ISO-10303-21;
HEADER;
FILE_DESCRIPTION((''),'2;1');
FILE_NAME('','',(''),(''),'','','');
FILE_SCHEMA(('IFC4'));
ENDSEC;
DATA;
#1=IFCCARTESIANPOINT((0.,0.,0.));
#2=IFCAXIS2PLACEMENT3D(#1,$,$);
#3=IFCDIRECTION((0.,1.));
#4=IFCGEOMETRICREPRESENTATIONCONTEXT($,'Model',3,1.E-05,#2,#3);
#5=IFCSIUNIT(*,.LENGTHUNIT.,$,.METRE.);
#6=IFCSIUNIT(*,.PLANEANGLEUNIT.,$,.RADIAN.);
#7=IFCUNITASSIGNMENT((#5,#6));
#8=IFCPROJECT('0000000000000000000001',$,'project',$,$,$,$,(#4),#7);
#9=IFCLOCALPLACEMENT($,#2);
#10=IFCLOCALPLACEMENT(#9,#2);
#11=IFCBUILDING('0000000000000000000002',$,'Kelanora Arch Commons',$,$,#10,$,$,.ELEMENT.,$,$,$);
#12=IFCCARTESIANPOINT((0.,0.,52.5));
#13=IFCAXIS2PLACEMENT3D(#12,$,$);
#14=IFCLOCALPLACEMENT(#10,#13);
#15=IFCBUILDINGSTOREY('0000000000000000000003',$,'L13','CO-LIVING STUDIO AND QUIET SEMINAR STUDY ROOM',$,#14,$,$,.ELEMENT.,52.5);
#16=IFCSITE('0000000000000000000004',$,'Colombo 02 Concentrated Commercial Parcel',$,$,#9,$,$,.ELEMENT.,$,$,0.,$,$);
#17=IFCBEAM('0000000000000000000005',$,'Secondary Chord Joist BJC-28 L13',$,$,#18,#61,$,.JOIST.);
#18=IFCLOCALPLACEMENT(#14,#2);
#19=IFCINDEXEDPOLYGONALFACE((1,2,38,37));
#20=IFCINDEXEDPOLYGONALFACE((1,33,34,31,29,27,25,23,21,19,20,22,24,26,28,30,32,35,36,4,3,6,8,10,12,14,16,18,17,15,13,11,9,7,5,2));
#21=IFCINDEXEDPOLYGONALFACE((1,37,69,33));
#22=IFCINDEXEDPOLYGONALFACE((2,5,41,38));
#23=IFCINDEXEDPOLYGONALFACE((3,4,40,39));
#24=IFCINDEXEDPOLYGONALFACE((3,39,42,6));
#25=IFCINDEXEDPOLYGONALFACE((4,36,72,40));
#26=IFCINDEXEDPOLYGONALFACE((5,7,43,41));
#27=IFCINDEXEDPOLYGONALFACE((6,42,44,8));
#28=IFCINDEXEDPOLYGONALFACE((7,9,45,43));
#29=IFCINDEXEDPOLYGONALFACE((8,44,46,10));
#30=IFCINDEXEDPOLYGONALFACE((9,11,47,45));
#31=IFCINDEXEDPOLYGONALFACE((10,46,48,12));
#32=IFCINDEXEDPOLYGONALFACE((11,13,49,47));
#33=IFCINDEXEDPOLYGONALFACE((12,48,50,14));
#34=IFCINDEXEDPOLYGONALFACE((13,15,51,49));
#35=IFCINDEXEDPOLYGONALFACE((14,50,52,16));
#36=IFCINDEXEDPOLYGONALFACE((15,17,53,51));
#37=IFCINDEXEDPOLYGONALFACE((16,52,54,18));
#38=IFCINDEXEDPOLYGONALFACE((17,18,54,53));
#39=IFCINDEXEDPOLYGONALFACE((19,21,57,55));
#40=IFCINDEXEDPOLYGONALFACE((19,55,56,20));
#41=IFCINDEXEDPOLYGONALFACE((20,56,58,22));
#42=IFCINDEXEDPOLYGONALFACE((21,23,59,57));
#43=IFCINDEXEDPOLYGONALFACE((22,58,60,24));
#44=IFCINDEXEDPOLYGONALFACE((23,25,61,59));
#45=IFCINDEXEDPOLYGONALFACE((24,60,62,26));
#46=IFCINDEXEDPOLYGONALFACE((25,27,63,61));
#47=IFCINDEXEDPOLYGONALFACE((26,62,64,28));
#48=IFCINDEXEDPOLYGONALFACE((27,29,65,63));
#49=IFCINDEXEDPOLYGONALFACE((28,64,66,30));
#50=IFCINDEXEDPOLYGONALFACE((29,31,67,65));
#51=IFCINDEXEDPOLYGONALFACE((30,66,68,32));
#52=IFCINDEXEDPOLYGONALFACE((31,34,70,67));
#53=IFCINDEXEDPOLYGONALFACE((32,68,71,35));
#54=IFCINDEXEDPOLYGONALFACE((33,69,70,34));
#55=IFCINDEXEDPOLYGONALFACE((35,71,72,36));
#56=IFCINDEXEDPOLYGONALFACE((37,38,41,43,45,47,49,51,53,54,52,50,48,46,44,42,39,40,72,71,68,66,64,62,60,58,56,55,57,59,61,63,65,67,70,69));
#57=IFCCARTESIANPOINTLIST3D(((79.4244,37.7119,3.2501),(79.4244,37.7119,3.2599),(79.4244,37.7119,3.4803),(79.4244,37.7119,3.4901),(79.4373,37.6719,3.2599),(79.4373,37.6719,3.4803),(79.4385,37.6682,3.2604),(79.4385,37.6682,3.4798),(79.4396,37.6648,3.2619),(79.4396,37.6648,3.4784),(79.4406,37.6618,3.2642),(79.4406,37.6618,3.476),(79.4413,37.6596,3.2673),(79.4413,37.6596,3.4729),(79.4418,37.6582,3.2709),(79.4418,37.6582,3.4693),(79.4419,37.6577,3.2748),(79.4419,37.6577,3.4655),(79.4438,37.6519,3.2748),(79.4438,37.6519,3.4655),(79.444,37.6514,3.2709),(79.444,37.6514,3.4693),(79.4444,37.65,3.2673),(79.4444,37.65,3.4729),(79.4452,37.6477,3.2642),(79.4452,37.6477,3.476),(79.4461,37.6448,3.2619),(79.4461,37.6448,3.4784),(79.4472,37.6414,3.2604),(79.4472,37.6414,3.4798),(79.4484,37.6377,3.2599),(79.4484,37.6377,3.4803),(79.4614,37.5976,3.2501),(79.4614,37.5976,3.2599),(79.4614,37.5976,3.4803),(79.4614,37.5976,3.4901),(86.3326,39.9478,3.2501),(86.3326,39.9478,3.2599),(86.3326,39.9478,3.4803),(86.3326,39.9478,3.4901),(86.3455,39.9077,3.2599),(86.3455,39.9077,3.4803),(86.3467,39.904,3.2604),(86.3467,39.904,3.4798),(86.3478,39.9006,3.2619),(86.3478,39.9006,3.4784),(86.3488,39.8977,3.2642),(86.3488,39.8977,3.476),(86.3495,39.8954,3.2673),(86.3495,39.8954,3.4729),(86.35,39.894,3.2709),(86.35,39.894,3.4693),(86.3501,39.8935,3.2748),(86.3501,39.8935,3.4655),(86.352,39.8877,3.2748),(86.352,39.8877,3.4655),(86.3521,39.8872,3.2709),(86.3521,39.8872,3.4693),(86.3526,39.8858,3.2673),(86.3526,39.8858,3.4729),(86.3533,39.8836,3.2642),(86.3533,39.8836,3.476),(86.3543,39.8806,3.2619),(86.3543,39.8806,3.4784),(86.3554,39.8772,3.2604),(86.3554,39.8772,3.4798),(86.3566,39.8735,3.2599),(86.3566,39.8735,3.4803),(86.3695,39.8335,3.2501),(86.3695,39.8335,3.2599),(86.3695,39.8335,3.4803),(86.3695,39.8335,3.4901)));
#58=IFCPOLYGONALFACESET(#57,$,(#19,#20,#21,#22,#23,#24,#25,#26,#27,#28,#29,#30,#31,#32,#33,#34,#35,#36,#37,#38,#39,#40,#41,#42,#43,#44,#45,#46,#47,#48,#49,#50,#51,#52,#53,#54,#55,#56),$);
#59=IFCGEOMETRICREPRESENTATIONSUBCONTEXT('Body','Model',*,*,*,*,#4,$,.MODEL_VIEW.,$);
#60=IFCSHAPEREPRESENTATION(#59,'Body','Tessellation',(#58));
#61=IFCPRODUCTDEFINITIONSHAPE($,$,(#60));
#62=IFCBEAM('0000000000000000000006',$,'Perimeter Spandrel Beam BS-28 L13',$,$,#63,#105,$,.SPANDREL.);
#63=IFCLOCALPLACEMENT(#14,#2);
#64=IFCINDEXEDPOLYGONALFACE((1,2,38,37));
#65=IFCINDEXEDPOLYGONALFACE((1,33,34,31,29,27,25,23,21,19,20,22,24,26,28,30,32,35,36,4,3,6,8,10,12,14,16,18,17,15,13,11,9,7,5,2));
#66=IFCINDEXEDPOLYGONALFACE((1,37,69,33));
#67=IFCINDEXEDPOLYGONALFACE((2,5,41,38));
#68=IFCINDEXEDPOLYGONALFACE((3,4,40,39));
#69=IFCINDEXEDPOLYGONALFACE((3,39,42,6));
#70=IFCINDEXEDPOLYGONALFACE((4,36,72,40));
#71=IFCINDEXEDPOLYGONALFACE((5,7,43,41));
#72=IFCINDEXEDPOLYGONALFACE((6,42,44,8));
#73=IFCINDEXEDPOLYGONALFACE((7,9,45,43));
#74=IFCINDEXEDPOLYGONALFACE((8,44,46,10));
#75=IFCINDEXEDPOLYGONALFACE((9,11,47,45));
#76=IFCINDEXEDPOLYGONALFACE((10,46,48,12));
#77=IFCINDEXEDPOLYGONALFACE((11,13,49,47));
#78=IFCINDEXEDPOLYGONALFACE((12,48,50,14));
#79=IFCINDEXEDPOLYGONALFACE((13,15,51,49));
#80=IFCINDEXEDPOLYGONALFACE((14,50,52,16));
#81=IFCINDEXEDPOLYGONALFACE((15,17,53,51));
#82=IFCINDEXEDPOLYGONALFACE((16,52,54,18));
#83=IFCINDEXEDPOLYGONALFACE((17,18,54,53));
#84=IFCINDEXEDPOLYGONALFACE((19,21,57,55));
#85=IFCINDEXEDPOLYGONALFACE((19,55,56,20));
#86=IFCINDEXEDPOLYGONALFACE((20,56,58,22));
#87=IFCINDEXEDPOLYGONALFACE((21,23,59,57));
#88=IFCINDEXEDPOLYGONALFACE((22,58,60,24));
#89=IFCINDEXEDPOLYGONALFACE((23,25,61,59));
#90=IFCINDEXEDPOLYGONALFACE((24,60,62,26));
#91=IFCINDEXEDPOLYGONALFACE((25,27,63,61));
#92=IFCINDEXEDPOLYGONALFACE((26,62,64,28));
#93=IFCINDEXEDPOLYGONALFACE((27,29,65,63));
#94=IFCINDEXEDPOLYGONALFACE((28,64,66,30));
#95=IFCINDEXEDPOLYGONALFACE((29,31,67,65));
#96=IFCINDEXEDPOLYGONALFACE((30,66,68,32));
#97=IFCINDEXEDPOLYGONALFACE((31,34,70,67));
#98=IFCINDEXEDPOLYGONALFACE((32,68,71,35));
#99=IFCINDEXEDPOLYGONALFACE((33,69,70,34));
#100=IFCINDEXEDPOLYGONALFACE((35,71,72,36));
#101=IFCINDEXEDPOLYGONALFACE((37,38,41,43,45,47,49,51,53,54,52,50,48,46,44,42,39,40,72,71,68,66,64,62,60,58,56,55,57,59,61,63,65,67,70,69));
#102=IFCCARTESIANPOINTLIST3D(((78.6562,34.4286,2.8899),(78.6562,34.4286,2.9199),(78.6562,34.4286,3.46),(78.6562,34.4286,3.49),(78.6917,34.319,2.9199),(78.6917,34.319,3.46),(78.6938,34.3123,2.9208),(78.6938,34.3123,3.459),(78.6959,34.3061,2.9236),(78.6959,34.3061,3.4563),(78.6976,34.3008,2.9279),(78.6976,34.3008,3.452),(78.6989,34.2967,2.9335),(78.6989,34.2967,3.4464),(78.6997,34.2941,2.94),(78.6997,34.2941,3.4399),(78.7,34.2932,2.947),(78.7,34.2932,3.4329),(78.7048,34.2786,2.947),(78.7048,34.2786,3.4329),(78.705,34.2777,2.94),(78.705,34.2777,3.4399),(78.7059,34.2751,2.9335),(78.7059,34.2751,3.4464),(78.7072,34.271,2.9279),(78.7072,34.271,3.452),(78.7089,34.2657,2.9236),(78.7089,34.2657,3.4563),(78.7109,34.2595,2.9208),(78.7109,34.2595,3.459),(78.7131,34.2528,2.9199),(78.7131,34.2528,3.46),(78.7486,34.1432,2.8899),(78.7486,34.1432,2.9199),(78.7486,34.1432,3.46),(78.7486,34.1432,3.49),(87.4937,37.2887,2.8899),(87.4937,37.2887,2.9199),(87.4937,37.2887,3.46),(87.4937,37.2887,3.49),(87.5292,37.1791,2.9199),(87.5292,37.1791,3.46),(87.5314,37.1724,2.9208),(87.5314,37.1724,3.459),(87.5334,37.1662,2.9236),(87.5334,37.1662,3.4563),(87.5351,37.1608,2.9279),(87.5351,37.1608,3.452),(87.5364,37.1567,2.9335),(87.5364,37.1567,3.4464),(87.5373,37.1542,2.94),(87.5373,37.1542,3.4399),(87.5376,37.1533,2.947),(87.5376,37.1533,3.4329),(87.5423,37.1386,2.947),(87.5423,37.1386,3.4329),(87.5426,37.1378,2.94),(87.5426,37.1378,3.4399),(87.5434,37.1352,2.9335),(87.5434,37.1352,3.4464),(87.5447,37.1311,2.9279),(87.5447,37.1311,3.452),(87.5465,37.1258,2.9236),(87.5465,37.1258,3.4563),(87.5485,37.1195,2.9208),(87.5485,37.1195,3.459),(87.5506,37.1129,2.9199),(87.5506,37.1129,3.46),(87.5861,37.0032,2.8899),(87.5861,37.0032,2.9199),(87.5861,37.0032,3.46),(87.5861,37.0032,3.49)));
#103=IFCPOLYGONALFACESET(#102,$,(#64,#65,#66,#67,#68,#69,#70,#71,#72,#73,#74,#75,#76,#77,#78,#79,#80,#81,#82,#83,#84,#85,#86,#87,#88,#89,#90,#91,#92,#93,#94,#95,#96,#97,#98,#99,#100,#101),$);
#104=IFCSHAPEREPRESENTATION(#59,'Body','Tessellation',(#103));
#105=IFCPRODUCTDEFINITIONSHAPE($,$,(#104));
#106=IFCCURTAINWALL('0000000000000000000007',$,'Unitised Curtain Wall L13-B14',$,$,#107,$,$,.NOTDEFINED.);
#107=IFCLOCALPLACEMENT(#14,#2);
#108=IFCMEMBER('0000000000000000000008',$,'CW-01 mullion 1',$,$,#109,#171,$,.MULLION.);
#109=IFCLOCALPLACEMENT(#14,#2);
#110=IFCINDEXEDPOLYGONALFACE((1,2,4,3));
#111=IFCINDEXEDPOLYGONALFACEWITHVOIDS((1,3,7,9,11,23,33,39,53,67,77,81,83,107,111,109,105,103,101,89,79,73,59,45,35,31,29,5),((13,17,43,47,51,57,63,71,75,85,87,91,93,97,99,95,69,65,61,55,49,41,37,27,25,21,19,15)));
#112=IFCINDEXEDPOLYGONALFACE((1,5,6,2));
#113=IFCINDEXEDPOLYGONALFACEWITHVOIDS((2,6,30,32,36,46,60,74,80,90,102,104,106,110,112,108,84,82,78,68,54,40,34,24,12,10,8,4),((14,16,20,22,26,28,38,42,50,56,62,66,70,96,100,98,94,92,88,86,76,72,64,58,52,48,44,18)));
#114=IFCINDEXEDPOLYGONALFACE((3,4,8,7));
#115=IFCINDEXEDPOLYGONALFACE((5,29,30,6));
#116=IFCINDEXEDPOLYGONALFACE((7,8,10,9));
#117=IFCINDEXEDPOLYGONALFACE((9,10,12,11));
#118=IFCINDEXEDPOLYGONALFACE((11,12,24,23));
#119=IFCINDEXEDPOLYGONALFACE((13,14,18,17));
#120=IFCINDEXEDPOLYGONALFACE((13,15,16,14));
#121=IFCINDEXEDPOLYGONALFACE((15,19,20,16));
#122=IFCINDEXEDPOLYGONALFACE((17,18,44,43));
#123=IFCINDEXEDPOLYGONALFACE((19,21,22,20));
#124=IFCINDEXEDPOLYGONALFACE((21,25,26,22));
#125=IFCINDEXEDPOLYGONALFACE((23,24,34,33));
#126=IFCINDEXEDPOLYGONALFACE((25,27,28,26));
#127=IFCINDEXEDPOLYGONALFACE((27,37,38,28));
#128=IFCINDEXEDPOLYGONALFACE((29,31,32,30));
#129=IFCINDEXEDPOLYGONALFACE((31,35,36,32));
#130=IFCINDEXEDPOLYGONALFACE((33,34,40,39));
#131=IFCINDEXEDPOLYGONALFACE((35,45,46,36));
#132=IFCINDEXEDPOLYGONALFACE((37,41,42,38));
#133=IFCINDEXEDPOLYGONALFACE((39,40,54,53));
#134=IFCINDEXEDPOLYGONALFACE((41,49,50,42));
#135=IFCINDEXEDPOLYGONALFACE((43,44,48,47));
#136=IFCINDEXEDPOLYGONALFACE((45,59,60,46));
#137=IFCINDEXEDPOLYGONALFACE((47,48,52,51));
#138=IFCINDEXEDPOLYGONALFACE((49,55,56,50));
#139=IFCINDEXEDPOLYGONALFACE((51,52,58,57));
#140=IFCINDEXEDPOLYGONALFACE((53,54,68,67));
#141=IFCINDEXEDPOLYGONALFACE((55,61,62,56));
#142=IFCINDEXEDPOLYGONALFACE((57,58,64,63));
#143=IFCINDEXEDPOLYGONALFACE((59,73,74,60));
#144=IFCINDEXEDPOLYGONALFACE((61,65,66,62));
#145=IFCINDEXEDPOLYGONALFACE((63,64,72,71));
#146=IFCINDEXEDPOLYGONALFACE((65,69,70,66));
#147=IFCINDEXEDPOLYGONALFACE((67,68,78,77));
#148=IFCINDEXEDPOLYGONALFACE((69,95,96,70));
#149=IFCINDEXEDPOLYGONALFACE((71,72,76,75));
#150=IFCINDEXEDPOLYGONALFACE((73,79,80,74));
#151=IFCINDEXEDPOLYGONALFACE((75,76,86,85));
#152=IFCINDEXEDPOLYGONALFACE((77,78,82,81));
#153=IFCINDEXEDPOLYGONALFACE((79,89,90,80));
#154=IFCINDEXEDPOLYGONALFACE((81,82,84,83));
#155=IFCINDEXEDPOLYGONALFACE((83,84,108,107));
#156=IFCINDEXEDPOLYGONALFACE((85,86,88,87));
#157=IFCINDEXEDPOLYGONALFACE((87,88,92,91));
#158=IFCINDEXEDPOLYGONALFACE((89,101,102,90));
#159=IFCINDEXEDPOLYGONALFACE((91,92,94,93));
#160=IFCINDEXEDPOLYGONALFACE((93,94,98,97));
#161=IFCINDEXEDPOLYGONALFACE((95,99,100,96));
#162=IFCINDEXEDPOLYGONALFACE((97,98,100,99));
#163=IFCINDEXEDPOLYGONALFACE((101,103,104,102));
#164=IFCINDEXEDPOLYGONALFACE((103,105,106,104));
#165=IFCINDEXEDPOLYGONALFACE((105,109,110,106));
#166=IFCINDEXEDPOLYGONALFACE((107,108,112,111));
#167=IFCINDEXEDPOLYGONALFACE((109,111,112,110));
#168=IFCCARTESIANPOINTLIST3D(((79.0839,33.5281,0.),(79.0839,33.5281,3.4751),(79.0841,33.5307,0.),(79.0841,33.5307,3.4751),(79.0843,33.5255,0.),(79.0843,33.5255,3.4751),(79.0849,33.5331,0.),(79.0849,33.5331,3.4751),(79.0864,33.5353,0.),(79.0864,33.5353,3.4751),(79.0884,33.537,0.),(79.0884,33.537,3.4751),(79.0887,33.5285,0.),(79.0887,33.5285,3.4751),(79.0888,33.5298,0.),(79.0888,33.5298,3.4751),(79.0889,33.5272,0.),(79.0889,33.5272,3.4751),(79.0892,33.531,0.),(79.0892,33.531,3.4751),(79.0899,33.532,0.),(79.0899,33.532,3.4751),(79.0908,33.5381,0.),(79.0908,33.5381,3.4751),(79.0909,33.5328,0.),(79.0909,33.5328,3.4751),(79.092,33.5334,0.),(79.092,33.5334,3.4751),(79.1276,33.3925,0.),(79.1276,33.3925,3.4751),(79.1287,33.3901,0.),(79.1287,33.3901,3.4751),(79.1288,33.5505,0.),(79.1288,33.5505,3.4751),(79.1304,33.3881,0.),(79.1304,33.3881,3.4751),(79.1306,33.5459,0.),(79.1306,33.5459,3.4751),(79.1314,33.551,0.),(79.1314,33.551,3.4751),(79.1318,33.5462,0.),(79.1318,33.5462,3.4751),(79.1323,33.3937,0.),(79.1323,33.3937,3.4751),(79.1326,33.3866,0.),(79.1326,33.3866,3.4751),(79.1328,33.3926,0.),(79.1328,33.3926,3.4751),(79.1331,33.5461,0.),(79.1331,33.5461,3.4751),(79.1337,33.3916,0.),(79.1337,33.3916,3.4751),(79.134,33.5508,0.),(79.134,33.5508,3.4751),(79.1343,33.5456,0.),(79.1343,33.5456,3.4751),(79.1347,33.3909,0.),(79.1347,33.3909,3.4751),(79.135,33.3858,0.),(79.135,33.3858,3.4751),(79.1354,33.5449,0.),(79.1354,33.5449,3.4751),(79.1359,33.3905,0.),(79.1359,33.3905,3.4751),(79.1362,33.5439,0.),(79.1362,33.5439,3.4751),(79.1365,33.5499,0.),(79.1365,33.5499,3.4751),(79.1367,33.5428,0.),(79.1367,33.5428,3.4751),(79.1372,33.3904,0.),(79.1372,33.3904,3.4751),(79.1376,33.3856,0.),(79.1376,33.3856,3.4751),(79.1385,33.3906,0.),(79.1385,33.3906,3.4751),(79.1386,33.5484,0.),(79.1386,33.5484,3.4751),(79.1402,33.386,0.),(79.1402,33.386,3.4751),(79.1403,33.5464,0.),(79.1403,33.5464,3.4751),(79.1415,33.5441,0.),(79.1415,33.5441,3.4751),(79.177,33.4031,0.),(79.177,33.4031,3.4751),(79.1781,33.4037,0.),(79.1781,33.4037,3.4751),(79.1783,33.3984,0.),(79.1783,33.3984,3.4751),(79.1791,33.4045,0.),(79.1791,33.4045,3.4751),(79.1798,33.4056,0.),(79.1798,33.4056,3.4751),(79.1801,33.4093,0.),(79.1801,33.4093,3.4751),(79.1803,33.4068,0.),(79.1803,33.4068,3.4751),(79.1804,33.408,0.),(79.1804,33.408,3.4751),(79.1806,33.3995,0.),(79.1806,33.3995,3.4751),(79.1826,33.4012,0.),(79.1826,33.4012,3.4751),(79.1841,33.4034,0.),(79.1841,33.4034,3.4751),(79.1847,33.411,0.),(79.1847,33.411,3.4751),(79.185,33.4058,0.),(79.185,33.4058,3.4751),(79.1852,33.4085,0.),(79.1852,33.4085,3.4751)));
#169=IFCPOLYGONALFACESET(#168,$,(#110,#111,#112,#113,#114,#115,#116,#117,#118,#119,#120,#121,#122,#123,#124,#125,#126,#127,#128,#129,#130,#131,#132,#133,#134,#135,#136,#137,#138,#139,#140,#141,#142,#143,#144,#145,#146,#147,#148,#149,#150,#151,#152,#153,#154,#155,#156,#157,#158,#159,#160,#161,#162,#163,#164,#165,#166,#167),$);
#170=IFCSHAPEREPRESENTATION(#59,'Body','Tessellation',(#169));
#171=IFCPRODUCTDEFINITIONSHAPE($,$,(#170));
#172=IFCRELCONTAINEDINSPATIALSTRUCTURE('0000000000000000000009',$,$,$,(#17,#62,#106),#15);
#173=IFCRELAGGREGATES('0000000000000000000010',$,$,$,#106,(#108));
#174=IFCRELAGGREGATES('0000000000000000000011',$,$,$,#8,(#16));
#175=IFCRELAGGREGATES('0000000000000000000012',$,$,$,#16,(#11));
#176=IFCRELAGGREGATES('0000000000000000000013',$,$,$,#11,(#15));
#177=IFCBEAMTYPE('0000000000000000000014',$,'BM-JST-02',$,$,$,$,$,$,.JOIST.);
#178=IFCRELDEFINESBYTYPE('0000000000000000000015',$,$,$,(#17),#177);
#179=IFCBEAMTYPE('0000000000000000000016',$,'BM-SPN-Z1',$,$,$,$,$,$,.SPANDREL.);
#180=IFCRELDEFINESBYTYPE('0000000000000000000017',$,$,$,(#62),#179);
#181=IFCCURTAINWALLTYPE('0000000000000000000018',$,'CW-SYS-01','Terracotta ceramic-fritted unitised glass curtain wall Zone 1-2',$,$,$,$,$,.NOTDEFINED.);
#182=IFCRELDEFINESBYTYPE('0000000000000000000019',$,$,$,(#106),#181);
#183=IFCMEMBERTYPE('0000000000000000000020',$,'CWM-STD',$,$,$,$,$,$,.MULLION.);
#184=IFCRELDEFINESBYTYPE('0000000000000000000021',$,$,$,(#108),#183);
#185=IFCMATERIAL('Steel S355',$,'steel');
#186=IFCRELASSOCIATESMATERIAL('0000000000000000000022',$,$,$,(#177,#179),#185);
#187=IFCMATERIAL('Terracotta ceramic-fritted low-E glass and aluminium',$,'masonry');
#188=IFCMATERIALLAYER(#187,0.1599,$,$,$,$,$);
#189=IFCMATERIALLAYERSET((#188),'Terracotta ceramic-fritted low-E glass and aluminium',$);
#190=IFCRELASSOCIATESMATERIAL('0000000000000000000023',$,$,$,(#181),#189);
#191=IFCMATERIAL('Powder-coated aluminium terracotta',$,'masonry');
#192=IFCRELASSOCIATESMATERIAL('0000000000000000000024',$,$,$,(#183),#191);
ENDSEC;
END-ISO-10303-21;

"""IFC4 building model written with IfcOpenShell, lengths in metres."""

from ifc_helpers import new_model, si_unit, direction, frame, origin, origin_2d, place, context, subcontext, project, spatial, hollow_rectangle, i_section, extrude, material, layer, layer_set, material_profile, profile_set, type_object, element, aggregate, save


model = new_model("IFC4")

# Units and contexts
model_context = context("Model", 3, precision=1e-05, world=origin(), true_north=direction((0.0, 1.0)))
body_context = subcontext(model_context, "Body", "Model", "MODEL_VIEW")
ifc_project = project(units=[si_unit("LENGTHUNIT", "METRE"), si_unit("PLANEANGLEUNIT", "RADIAN")], contexts=[model_context])

# Site, building, storey
site_placement = place(None, origin())
site = spatial("IfcSite", under=ifc_project, at=site_placement, Name="Colombo 02 Concentrated Commercial Parcel", CompositionType="ELEMENT", RefElevation=0.0)
building_placement = place(site_placement, origin())
building = spatial("IfcBuilding", under=site, at=building_placement, Name="Kelanora Arch Commons", CompositionType="ELEMENT")
storey_placement = place(building_placement, frame((0.0, 0.0, 52.5)))
storey = spatial("IfcBuildingStorey", under=building, at=storey_placement, Name="L13", Description="CO-LIVING STUDIO AND QUIET SEMINAR STUDY ROOM", CompositionType="ELEMENT", Elevation=52.5)

# Beams
ifc_material_1 = material(Name="Steel S355", Category="steel")
ifc_material_profile_1 = material_profile(ifc_material_1, i_section(OverallWidth=0.1201, OverallDepth=0.24, WebThickness=0.0061, FlangeThickness=0.0098, FilletRadius=0.0149, at=origin_2d()), Name="IPE240")
ifc_profile_set_1 = profile_set([ifc_material_profile_1], Name="Steel S355")
beam_type_1 = type_object("IfcBeamType", Name="BM-JST-02", PredefinedType="JOIST", material=ifc_profile_set_1)
beam_1_placement = place(storey_placement, frame((79.4429, 37.6548, 3.3701), z_axis=(0.951411, 0.307924, 0.0), x_axis=(-0.307924, 0.951411, 0.0)))
element("IfcBeam", 1, at=beam_1_placement, inside=storey, type_object=beam_type_1, Name="Secondary Chord Joist BJC-28 L13", PredefinedType="JOIST", context=body_context, shape_type="SweptSolid", body=[
    extrude(i_section(OverallWidth=0.1201, OverallDepth=0.24, WebThickness=0.0061, FlangeThickness=0.0098, FilletRadius=0.0149, at=origin_2d()), origin(), (0.0, 0.0, 1.0), 7.261),
])
ifc_material_profile_2 = material_profile(ifc_material_1, i_section(OverallWidth=0.3, OverallDepth=0.6001, WebThickness=0.0154, FlangeThickness=0.03, FilletRadius=0.0271, at=origin_2d()), Name="HEB600")
ifc_profile_set_2 = profile_set([ifc_material_profile_2], Name="Steel S355")
beam_type_2 = type_object("IfcBeamType", Name="BM-SPN-Z1", PredefinedType="SPANDREL", material=ifc_profile_set_2)
beam_2_placement = place(storey_placement, frame((78.7024, 34.2859, 3.1899), z_axis=(0.951417, 0.307905, 0.0), x_axis=(-0.307905, 0.951417, 0.0)))
element("IfcBeam", 2, at=beam_2_placement, inside=storey, type_object=beam_type_2, Name="Perimeter Spandrel Beam BS-28 L13", PredefinedType="SPANDREL", context=body_context, shape_type="SweptSolid", body=[
    extrude(i_section(OverallWidth=0.3, OverallDepth=0.6001, WebThickness=0.0154, FlangeThickness=0.03, FilletRadius=0.0271, at=origin_2d()), origin(), (0.0, 0.0, 1.0), 9.2888),
])

# Curtain wall, member
ifc_material_2 = material(Name="Terracotta ceramic-fritted low-E glass and aluminium", Category="masonry")
ifc_layer_1 = layer(ifc_material_2, 0.1599)
ifc_layer_set_1 = layer_set([ifc_layer_1], Name="Terracotta ceramic-fritted low-E glass and aluminium")
curtain_wall_type = type_object("IfcCurtainWallType", Name="CW-SYS-01", Description="Terracotta ceramic-fritted unitised glass curtain wall Zone 1-2", PredefinedType="NOTDEFINED", material=ifc_layer_set_1)
curtain_wall_placement = place(storey_placement, origin())
curtain_wall = element("IfcCurtainWall", 3, at=curtain_wall_placement, inside=storey, type_object=curtain_wall_type, Name="Unitised Curtain Wall L13-B14", PredefinedType="NOTDEFINED")
ifc_material_3 = material(Name="Powder-coated aluminium terracotta", Category="masonry")
ifc_material_profile_3 = material_profile(ifc_material_3, hollow_rectangle(XDim=0.1599, YDim=0.0601, WallThickness=0.0049, InnerFilletRadius=0.0049, OuterFilletRadius=0.01, at=origin_2d()), Name="CWM160x60")
ifc_profile_set_3 = profile_set([ifc_material_profile_3], Name="Powder-coated aluminium terracotta")
member_type_1 = type_object("IfcMemberType", Name="CWM-STD", PredefinedType="MULLION", material=ifc_profile_set_3)
member_1_placement = place(storey_placement, frame((79.1345, 33.4683, 0.0), z_axis=(0.0, 0.0, 1.0), x_axis=(-0.309058, 0.951043, 0.0)))
member_1 = element("IfcMember", 4, at=member_1_placement, type_object=member_type_1, Name="CW-01 mullion 1", PredefinedType="MULLION", context=body_context, shape_type="SweptSolid", body=[
    extrude(hollow_rectangle(XDim=0.1599, YDim=0.0601, WallThickness=0.0049, InnerFilletRadius=0.0049, OuterFilletRadius=0.01, at=origin_2d()), origin(), (0.0, 0.0, 1.0), 3.4751),
])
aggregate(curtain_wall, [member_1])

save(model, "model.ifc")
